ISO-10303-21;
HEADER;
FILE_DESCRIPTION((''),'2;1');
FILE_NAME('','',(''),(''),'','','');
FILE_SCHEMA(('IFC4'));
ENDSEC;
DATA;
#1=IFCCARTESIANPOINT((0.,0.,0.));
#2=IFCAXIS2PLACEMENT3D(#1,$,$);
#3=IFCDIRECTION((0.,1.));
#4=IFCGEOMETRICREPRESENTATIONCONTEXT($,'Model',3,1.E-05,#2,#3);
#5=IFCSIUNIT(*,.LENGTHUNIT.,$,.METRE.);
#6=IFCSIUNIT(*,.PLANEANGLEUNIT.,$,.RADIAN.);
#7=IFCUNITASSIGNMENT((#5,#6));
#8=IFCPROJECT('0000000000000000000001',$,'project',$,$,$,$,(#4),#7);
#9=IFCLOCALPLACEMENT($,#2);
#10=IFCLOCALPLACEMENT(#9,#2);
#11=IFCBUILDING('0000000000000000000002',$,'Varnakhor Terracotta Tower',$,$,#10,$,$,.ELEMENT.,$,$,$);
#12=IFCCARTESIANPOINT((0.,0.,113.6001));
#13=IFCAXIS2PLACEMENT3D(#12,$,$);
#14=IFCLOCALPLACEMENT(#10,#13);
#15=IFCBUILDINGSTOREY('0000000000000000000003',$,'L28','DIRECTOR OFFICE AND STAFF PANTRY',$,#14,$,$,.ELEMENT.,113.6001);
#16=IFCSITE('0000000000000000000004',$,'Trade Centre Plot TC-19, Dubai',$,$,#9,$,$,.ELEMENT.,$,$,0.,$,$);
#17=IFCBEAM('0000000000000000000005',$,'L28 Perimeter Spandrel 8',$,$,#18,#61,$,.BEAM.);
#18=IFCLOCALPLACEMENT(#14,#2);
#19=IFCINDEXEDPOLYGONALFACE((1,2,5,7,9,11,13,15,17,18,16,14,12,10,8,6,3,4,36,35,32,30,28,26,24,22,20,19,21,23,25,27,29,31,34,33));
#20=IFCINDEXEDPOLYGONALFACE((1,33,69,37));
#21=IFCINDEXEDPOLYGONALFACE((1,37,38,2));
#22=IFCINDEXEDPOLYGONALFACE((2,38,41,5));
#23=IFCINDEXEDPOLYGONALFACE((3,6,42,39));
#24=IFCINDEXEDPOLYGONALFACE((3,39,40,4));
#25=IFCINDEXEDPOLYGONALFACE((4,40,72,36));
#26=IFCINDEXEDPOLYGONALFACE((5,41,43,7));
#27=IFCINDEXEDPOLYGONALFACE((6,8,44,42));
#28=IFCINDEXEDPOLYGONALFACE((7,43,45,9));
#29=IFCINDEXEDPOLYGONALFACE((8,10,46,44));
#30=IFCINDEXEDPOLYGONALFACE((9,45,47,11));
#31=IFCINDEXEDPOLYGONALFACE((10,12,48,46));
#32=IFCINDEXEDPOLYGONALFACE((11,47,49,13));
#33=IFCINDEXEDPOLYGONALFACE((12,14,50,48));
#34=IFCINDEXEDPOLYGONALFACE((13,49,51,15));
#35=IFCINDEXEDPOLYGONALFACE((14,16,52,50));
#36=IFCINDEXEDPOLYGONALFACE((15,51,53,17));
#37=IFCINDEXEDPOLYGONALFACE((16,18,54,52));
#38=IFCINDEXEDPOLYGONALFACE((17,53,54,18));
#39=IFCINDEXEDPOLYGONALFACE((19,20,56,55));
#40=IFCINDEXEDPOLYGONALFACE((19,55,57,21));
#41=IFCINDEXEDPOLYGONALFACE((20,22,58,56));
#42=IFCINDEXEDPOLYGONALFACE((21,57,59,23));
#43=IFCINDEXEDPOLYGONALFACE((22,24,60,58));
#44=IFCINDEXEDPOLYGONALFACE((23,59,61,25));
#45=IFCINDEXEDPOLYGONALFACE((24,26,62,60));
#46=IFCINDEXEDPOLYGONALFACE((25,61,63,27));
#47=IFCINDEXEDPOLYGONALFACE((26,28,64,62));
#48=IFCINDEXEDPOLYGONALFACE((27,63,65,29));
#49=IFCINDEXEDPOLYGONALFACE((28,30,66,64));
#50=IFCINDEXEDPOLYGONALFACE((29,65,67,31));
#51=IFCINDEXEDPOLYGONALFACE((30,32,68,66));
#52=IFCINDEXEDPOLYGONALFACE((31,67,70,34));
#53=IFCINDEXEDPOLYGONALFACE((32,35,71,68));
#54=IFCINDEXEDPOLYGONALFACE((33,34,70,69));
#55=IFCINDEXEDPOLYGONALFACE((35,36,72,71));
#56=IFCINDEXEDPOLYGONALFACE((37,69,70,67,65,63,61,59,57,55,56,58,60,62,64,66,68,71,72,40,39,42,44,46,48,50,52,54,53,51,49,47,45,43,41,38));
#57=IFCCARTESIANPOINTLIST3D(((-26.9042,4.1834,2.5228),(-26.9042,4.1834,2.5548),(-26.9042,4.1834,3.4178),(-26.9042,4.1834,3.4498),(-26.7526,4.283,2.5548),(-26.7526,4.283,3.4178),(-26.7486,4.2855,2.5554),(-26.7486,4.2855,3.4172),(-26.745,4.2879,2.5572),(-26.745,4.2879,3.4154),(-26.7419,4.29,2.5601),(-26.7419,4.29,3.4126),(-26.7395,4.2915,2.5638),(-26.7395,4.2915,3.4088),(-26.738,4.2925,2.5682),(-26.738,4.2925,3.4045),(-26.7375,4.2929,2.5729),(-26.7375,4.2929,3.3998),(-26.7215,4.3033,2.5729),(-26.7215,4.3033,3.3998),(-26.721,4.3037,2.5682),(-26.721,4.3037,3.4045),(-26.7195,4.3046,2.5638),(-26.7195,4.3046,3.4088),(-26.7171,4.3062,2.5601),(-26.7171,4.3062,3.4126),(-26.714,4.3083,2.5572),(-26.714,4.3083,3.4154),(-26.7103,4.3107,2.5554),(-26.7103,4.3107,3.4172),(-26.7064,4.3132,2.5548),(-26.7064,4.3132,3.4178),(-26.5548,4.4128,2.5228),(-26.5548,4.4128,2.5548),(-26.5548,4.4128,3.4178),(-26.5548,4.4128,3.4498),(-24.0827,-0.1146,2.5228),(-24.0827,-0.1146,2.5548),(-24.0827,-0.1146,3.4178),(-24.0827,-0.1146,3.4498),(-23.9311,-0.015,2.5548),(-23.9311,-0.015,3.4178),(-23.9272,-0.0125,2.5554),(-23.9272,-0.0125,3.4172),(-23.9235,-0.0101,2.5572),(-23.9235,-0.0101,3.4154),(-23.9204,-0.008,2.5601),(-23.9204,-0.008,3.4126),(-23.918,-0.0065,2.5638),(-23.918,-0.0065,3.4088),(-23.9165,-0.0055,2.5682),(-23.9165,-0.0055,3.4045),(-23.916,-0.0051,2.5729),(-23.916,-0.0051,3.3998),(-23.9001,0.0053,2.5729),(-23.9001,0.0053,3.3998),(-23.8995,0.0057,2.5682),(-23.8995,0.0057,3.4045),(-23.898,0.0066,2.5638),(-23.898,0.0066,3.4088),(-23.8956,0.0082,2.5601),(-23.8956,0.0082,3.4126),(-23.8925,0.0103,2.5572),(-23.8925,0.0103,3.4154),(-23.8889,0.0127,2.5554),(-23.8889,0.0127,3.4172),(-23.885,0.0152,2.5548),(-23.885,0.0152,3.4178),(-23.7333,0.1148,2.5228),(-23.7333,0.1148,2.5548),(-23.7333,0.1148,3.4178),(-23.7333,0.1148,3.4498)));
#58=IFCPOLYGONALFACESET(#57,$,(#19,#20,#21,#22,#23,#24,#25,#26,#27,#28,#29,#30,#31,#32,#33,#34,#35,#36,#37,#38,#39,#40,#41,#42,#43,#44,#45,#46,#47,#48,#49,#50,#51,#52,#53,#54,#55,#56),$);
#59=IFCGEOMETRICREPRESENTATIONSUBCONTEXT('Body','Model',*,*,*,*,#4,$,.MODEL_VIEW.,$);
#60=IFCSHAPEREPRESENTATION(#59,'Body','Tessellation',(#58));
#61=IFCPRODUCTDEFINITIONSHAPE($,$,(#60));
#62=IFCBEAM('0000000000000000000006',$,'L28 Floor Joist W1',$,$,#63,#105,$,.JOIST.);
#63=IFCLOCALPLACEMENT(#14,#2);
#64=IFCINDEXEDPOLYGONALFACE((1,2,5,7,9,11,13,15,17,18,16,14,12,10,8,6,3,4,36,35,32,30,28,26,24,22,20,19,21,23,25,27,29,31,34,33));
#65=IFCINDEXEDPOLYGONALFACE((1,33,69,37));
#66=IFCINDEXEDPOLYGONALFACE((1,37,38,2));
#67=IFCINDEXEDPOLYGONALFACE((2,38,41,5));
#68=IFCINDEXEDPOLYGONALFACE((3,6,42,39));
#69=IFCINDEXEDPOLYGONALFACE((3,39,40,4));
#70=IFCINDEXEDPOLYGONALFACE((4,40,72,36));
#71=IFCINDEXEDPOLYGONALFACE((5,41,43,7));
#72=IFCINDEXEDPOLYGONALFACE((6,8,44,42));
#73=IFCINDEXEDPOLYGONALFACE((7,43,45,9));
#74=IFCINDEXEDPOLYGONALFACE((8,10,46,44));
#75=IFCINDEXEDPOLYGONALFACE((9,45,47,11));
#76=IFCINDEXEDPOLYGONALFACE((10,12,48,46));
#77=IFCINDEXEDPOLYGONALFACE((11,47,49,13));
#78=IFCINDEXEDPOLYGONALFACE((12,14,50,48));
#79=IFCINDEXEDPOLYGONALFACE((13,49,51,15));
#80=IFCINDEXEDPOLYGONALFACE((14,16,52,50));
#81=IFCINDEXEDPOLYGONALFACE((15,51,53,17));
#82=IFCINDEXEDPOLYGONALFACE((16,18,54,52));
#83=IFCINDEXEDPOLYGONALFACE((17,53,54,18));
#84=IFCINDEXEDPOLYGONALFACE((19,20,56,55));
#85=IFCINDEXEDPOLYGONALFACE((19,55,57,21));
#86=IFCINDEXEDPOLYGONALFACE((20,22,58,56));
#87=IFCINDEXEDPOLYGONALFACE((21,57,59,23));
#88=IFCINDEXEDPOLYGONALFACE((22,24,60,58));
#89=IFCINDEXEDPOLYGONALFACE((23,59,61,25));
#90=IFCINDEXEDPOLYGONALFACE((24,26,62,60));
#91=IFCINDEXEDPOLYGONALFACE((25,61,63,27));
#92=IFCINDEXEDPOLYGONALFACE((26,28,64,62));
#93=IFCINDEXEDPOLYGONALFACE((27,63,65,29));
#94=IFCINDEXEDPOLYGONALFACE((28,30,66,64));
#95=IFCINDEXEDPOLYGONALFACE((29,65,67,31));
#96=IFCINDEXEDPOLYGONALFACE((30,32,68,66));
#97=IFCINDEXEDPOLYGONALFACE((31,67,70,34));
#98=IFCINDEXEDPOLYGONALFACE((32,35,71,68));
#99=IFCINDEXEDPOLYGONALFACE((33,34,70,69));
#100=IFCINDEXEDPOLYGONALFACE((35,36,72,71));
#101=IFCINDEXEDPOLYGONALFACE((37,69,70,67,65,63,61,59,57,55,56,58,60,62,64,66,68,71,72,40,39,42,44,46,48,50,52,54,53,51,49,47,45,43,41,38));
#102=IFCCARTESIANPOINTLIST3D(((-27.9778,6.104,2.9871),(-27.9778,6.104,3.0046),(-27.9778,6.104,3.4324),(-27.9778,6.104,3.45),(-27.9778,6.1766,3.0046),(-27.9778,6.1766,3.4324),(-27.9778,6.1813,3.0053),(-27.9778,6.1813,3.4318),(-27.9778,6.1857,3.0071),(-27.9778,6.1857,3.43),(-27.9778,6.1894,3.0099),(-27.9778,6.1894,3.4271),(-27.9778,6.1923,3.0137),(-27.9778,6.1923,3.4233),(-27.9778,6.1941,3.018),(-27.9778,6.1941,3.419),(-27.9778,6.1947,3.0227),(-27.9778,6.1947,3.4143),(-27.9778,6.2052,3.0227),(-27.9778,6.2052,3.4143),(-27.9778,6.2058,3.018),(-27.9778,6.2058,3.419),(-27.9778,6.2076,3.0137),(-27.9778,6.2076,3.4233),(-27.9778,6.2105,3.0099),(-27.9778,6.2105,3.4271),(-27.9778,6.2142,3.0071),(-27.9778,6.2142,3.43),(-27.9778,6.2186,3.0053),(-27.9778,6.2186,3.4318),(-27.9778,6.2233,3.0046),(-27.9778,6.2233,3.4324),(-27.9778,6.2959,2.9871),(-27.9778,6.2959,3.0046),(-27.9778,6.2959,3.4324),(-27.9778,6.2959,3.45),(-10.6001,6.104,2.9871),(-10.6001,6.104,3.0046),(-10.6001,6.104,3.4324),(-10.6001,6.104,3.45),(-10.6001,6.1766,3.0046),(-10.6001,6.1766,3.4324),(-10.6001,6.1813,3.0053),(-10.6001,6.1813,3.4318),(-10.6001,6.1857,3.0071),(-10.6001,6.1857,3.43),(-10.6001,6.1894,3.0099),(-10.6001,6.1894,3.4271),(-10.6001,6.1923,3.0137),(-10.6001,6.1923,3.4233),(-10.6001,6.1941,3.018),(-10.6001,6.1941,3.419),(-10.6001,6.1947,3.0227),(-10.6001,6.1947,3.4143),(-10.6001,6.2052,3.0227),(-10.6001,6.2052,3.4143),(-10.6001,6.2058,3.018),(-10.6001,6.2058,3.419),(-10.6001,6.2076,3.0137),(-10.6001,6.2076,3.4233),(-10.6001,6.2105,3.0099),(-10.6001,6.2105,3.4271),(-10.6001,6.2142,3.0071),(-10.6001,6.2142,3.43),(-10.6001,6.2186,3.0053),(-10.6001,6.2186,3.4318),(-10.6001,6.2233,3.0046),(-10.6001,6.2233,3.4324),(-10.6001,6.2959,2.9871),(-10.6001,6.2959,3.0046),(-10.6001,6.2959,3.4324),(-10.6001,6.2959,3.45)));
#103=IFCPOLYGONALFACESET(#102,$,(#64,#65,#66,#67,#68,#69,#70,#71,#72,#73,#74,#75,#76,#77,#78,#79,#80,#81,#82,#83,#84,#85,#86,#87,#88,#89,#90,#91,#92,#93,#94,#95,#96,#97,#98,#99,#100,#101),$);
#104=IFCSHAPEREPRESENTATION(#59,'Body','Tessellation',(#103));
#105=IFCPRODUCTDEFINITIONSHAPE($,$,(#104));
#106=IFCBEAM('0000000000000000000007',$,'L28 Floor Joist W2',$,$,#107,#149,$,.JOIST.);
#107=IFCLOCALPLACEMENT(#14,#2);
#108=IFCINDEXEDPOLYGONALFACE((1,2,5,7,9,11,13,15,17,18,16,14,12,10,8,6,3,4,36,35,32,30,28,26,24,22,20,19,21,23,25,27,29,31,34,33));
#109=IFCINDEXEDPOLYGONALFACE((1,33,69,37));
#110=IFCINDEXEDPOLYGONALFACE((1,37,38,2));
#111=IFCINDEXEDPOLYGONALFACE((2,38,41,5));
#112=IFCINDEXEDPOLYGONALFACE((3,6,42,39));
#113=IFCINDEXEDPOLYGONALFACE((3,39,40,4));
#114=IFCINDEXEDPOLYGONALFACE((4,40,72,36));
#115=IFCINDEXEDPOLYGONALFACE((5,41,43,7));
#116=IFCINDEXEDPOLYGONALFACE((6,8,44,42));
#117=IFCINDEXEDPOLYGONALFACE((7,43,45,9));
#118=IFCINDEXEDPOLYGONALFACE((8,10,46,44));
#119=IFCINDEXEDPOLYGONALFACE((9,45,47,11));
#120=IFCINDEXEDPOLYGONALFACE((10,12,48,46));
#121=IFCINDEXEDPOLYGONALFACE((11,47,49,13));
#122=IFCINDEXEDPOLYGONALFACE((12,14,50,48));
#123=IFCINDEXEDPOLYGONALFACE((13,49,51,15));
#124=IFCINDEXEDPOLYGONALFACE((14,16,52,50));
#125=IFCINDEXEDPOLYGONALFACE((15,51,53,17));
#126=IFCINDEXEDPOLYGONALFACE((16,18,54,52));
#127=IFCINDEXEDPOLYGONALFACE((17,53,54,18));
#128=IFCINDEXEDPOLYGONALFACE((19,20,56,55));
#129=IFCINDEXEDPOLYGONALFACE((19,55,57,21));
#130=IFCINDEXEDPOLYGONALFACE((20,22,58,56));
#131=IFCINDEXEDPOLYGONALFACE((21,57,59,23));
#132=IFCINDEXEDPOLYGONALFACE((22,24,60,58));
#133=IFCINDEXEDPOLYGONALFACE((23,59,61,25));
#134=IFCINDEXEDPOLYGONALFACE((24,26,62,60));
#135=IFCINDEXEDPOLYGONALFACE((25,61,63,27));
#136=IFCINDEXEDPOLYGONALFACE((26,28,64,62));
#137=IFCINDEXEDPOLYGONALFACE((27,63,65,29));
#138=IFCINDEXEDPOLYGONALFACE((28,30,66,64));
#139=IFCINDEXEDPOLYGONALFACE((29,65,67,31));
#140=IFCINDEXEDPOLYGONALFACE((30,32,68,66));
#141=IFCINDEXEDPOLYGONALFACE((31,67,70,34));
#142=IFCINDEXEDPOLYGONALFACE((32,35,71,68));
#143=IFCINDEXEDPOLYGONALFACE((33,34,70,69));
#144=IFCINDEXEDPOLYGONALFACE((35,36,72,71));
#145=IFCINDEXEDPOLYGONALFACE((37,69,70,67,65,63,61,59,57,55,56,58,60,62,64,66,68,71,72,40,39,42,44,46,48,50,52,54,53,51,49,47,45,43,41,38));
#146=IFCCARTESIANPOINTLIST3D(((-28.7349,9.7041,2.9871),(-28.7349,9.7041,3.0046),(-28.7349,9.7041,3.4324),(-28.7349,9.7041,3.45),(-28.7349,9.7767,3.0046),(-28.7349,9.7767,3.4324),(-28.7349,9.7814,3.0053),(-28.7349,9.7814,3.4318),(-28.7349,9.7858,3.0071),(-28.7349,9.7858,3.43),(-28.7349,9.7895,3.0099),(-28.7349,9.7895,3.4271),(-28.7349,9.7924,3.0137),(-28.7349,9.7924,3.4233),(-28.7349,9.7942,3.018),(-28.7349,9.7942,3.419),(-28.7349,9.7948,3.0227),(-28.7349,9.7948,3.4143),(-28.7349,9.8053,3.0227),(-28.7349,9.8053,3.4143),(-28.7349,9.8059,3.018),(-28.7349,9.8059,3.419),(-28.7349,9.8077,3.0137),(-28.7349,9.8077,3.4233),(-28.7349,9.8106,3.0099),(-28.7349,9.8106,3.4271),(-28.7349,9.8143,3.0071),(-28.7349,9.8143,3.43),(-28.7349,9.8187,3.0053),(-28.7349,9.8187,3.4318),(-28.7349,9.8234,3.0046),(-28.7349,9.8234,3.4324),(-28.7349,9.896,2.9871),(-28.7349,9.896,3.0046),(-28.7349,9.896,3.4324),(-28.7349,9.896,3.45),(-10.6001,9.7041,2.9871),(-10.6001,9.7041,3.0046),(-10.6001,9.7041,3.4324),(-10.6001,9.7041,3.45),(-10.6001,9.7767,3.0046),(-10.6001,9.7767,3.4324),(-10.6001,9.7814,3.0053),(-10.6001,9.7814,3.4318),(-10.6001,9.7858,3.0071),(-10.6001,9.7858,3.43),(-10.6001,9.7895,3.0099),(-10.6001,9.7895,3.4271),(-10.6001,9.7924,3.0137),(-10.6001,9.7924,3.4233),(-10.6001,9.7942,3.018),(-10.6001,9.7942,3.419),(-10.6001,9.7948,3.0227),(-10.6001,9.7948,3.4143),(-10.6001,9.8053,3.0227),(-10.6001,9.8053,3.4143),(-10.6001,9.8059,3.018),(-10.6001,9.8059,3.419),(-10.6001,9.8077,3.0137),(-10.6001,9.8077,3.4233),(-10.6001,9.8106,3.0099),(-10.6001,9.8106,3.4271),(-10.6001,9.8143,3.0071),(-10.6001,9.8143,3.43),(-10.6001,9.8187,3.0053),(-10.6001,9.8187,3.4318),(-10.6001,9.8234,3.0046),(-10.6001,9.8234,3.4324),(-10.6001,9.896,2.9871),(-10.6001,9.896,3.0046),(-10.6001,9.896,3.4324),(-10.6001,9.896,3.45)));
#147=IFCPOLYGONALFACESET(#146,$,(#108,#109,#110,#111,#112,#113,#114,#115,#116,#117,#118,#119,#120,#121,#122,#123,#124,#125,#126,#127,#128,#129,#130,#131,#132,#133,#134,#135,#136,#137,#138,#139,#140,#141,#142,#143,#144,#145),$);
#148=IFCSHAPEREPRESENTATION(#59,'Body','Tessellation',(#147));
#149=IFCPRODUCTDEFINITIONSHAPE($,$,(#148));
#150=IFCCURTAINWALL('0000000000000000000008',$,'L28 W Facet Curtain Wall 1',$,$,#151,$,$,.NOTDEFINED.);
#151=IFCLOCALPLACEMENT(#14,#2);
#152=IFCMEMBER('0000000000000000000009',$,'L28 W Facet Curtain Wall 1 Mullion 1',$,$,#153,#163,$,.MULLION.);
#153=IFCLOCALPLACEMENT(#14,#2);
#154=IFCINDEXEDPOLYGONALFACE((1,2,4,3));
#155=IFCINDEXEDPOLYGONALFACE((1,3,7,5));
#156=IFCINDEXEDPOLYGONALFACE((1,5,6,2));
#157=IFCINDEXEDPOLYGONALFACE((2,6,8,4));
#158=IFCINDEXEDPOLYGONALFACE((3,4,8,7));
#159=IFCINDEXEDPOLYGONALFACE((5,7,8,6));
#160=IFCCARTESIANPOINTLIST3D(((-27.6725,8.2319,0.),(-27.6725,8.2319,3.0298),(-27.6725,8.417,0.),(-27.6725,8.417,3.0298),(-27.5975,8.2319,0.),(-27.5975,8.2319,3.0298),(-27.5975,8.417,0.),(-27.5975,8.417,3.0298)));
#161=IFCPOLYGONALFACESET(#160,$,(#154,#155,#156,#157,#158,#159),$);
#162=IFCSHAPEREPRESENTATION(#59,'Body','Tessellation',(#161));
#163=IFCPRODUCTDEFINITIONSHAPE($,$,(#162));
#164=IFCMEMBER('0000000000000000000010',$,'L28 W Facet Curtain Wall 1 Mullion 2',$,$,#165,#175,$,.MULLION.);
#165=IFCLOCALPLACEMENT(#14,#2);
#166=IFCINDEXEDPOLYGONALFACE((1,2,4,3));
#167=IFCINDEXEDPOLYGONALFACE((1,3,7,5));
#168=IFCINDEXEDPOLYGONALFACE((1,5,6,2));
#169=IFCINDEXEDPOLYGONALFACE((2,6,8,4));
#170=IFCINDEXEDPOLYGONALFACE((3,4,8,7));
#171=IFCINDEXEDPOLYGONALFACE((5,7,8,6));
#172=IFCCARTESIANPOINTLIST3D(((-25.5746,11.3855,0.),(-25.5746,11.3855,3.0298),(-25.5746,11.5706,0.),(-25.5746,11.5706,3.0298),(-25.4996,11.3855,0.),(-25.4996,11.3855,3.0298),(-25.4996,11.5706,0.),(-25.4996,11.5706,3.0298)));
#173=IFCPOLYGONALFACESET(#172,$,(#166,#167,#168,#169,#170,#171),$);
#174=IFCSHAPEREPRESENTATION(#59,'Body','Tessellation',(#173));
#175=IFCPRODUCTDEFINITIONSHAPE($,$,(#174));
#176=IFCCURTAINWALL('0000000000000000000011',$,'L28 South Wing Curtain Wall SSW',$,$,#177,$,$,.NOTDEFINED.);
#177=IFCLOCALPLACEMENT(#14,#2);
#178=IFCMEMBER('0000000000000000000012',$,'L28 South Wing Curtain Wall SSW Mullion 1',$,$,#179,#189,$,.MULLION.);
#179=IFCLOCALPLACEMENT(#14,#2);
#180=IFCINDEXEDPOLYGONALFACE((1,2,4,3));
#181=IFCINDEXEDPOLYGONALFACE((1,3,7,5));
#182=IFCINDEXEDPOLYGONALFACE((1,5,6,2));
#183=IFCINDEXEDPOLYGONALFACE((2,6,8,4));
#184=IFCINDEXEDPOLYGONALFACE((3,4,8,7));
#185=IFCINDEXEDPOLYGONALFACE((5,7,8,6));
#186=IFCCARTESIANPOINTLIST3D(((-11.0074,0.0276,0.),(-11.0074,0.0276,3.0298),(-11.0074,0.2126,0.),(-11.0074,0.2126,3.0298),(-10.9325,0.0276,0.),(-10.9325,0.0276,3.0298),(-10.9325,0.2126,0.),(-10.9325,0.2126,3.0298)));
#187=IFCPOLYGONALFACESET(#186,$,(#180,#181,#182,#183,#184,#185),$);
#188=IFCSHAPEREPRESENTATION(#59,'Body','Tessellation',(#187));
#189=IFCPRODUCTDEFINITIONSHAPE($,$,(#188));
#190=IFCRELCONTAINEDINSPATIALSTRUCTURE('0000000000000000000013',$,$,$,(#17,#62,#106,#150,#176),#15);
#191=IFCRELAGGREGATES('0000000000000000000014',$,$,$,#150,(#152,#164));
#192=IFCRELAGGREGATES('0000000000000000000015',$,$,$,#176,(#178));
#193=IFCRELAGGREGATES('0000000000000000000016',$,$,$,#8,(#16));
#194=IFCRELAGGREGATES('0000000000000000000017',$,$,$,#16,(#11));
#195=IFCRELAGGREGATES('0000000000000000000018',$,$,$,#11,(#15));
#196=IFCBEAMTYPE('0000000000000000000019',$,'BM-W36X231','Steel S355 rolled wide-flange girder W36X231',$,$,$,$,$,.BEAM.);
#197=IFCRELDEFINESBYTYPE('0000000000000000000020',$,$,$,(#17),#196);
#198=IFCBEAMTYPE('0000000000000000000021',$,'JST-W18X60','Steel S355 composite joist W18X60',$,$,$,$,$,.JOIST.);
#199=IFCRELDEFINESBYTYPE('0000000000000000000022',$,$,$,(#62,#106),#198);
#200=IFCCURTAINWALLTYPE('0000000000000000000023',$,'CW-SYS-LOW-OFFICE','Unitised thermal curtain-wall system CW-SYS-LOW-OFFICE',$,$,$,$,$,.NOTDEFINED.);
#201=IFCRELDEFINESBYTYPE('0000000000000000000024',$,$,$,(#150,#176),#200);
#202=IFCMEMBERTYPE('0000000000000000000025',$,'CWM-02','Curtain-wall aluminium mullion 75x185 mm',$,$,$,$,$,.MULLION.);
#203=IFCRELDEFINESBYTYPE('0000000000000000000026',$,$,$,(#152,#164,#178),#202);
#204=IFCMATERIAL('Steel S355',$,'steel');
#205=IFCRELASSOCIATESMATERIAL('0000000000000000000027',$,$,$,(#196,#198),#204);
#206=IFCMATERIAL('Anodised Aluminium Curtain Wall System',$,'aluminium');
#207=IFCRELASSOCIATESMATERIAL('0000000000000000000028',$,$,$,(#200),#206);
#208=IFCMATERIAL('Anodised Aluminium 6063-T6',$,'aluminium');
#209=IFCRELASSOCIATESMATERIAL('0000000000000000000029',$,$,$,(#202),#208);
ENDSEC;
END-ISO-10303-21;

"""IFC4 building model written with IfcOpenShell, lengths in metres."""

from ifc_helpers import new_model, si_unit, direction, frame, origin, origin_2d, place, context, subcontext, project, spatial, rectangle, i_section, extrude, source, transform, mapped, material, material_profile, profile_set, type_object, element, aggregate, save


model = new_model("IFC4")

# Units and contexts
model_context = context("Model", 3, precision=1e-05, world=origin(), true_north=direction((0.0, 1.0)))
body_context = subcontext(model_context, "Body", "Model", "MODEL_VIEW")
ifc_project = project(units=[si_unit("LENGTHUNIT", "METRE"), si_unit("PLANEANGLEUNIT", "RADIAN")], contexts=[model_context])

# Site, building, storey
site_placement = place(None, origin())
site = spatial("IfcSite", under=ifc_project, at=site_placement, Name="Trade Centre Plot TC-19, Dubai", CompositionType="ELEMENT", RefElevation=0.0)
building_placement = place(site_placement, origin())
building = spatial("IfcBuilding", under=site, at=building_placement, Name="Varnakhor Terracotta Tower", CompositionType="ELEMENT")
storey_placement = place(building_placement, frame((0.0, 0.0, 113.6001)))
storey = spatial("IfcBuildingStorey", under=building, at=storey_placement, Name="L28", Description="DIRECTOR OFFICE AND STAFF PANTRY", CompositionType="ELEMENT", Elevation=113.6001)

# Beams
ifc_material_1 = material(Name="Steel S355", Category="steel")
ifc_material_profile_1 = material_profile(ifc_material_1, i_section(OverallWidth=0.418, OverallDepth=0.927, WebThickness=0.019, FlangeThickness=0.032, FilletRadius=0.0181, at=origin_2d()), Name="W36X231")
ifc_profile_set_1 = profile_set([ifc_material_profile_1], Name="Steel S355")
beam_type_1 = type_object("IfcBeamType", Name="BM-W36X231", Description="Steel S355 rolled wide-flange girder W36X231", PredefinedType="BEAM", material=ifc_profile_set_1)
shared_shape_1 = source(origin(), body_context, "Body", "SweptSolid", [
    extrude(i_section(OverallWidth=0.418, OverallDepth=0.927, WebThickness=0.019, FlangeThickness=0.032, FilletRadius=0.0181, at=origin_2d()), origin(), (0.0, 0.0, 1.0), 5.1414),
])
beam_1_placement = place(storey_placement, frame((-26.7295, 4.2981, 2.9863), z_axis=(0.54878, -0.835967, 0.0), x_axis=(0.835967, 0.54878, 0.0)))
element("IfcBeam", 1, at=beam_1_placement, inside=storey, type_object=beam_type_1, Name="L28 Perimeter Spandrel 8", PredefinedType="BEAM", context=body_context, shape_type="MappedRepresentation", body=[
    mapped(shared_shape_1, transform((0.0, 0.0, 0.0), scale=1.0)),
])
ifc_material_profile_2 = material_profile(ifc_material_1, i_section(OverallWidth=0.1919, OverallDepth=0.4629, WebThickness=0.0105, FlangeThickness=0.0176, FilletRadius=0.0181, at=origin_2d()), Name="W18X60")
ifc_profile_set_2 = profile_set([ifc_material_profile_2], Name="Steel S355")
beam_type_2 = type_object("IfcBeamType", Name="JST-W18X60", Description="Steel S355 composite joist W18X60", PredefinedType="JOIST", material=ifc_profile_set_2)
shared_shape_2 = source(origin(), body_context, "Body", "SweptSolid", [
    extrude(i_section(OverallWidth=0.1919, OverallDepth=0.4629, WebThickness=0.0105, FlangeThickness=0.0176, FilletRadius=0.0181, at=origin_2d()), origin(), (0.0, 0.0, 1.0), 17.3777),
])
beam_2_placement = place(storey_placement, frame((-27.9778, 6.2, 3.2185), z_axis=(1.0, 0.0, 0.0), x_axis=(0.0, 1.0, 0.0)))
element("IfcBeam", 2, at=beam_2_placement, inside=storey, type_object=beam_type_2, Name="L28 Floor Joist W1", PredefinedType="JOIST", context=body_context, shape_type="MappedRepresentation", body=[
    mapped(shared_shape_2, transform((0.0, 0.0, 0.0), scale=1.0)),
])
shared_shape_3 = source(origin(), body_context, "Body", "SweptSolid", [
    extrude(i_section(OverallWidth=0.1919, OverallDepth=0.4629, WebThickness=0.0105, FlangeThickness=0.0176, FilletRadius=0.0181, at=origin_2d()), origin(), (0.0, 0.0, 1.0), 18.1348),
])
beam_3_placement = place(storey_placement, frame((-28.7349, 9.8, 3.2185), z_axis=(1.0, 0.0, 0.0), x_axis=(0.0, 1.0, 0.0)))
element("IfcBeam", 3, at=beam_3_placement, inside=storey, type_object=beam_type_2, Name="L28 Floor Joist W2", PredefinedType="JOIST", context=body_context, shape_type="MappedRepresentation", body=[
    mapped(shared_shape_3, transform((0.0, 0.0, 0.0), scale=1.0)),
])

# Curtain walls, members
ifc_material_2 = material(Name="Anodised Aluminium Curtain Wall System", Category="aluminium")
curtain_wall_type = type_object("IfcCurtainWallType", Name="CW-SYS-LOW-OFFICE", Description="Unitised thermal curtain-wall system CW-SYS-LOW-OFFICE", PredefinedType="NOTDEFINED", material=ifc_material_2)
curtain_wall_1_placement = place(storey_placement, origin())
curtain_wall_1 = element("IfcCurtainWall", 4, at=curtain_wall_1_placement, inside=storey, type_object=curtain_wall_type, Name="L28 W Facet Curtain Wall 1", PredefinedType="NOTDEFINED")
ifc_material_3 = material(Name="Anodised Aluminium 6063-T6", Category="aluminium")
ifc_material_profile_3 = material_profile(ifc_material_3, rectangle(XDim=0.075, YDim=0.1851, at=origin_2d()), Name="ALU MULLION 75x185")
ifc_profile_set_3 = profile_set([ifc_material_profile_3], Name="Anodised Aluminium 6063-T6")
member_type_1 = type_object("IfcMemberType", Name="CWM-02", Description="Curtain-wall aluminium mullion 75x185 mm", PredefinedType="MULLION", material=ifc_profile_set_3)
shared_shape_4 = source(origin(), body_context, "Body", "SweptSolid", [
    extrude(rectangle(XDim=0.075, YDim=0.1851, at=origin_2d()), origin(), (0.0, 0.0, 1.0), 3.0298),
])
member_1_placement = place(storey_placement, frame((-27.635, 8.3245, 0.0), z_axis=(0.0, 0.0, 1.0), x_axis=(1.0, 0.0, 0.0)))
member_1 = element("IfcMember", 5, at=member_1_placement, type_object=member_type_1, Name="L28 W Facet Curtain Wall 1 Mullion 1", PredefinedType="MULLION", context=body_context, shape_type="MappedRepresentation", body=[
    mapped(shared_shape_4, transform((0.0, 0.0, 0.0), scale=1.0)),
])
member_2_placement = place(storey_placement, frame((-25.5371, 11.478, 0.0), z_axis=(0.0, 0.0, 1.0), x_axis=(1.0, 0.0, 0.0)))
member_2 = element("IfcMember", 6, at=member_2_placement, type_object=member_type_1, Name="L28 W Facet Curtain Wall 1 Mullion 2", PredefinedType="MULLION", context=body_context, shape_type="MappedRepresentation", body=[
    mapped(shared_shape_4, transform((0.0, 0.0, 0.0), scale=1.0)),
])
curtain_wall_2_placement = place(storey_placement, origin())
curtain_wall_2 = element("IfcCurtainWall", 7, at=curtain_wall_2_placement, inside=storey, type_object=curtain_wall_type, Name="L28 South Wing Curtain Wall SSW", PredefinedType="NOTDEFINED")
member_3_placement = place(storey_placement, frame((-10.97, 0.1201, 0.0), z_axis=(0.0, 0.0, 1.0), x_axis=(1.0, 0.0, 0.0)))
member_3 = element("IfcMember", 8, at=member_3_placement, type_object=member_type_1, Name="L28 South Wing Curtain Wall SSW Mullion 1", PredefinedType="MULLION", context=body_context, shape_type="MappedRepresentation", body=[
    mapped(shared_shape_4, transform((0.0, 0.0, 0.0), scale=1.0)),
])

aggregate(curtain_wall_1, [member_1, member_2])
aggregate(curtain_wall_2, [member_3])

save(model, "model.ifc")
